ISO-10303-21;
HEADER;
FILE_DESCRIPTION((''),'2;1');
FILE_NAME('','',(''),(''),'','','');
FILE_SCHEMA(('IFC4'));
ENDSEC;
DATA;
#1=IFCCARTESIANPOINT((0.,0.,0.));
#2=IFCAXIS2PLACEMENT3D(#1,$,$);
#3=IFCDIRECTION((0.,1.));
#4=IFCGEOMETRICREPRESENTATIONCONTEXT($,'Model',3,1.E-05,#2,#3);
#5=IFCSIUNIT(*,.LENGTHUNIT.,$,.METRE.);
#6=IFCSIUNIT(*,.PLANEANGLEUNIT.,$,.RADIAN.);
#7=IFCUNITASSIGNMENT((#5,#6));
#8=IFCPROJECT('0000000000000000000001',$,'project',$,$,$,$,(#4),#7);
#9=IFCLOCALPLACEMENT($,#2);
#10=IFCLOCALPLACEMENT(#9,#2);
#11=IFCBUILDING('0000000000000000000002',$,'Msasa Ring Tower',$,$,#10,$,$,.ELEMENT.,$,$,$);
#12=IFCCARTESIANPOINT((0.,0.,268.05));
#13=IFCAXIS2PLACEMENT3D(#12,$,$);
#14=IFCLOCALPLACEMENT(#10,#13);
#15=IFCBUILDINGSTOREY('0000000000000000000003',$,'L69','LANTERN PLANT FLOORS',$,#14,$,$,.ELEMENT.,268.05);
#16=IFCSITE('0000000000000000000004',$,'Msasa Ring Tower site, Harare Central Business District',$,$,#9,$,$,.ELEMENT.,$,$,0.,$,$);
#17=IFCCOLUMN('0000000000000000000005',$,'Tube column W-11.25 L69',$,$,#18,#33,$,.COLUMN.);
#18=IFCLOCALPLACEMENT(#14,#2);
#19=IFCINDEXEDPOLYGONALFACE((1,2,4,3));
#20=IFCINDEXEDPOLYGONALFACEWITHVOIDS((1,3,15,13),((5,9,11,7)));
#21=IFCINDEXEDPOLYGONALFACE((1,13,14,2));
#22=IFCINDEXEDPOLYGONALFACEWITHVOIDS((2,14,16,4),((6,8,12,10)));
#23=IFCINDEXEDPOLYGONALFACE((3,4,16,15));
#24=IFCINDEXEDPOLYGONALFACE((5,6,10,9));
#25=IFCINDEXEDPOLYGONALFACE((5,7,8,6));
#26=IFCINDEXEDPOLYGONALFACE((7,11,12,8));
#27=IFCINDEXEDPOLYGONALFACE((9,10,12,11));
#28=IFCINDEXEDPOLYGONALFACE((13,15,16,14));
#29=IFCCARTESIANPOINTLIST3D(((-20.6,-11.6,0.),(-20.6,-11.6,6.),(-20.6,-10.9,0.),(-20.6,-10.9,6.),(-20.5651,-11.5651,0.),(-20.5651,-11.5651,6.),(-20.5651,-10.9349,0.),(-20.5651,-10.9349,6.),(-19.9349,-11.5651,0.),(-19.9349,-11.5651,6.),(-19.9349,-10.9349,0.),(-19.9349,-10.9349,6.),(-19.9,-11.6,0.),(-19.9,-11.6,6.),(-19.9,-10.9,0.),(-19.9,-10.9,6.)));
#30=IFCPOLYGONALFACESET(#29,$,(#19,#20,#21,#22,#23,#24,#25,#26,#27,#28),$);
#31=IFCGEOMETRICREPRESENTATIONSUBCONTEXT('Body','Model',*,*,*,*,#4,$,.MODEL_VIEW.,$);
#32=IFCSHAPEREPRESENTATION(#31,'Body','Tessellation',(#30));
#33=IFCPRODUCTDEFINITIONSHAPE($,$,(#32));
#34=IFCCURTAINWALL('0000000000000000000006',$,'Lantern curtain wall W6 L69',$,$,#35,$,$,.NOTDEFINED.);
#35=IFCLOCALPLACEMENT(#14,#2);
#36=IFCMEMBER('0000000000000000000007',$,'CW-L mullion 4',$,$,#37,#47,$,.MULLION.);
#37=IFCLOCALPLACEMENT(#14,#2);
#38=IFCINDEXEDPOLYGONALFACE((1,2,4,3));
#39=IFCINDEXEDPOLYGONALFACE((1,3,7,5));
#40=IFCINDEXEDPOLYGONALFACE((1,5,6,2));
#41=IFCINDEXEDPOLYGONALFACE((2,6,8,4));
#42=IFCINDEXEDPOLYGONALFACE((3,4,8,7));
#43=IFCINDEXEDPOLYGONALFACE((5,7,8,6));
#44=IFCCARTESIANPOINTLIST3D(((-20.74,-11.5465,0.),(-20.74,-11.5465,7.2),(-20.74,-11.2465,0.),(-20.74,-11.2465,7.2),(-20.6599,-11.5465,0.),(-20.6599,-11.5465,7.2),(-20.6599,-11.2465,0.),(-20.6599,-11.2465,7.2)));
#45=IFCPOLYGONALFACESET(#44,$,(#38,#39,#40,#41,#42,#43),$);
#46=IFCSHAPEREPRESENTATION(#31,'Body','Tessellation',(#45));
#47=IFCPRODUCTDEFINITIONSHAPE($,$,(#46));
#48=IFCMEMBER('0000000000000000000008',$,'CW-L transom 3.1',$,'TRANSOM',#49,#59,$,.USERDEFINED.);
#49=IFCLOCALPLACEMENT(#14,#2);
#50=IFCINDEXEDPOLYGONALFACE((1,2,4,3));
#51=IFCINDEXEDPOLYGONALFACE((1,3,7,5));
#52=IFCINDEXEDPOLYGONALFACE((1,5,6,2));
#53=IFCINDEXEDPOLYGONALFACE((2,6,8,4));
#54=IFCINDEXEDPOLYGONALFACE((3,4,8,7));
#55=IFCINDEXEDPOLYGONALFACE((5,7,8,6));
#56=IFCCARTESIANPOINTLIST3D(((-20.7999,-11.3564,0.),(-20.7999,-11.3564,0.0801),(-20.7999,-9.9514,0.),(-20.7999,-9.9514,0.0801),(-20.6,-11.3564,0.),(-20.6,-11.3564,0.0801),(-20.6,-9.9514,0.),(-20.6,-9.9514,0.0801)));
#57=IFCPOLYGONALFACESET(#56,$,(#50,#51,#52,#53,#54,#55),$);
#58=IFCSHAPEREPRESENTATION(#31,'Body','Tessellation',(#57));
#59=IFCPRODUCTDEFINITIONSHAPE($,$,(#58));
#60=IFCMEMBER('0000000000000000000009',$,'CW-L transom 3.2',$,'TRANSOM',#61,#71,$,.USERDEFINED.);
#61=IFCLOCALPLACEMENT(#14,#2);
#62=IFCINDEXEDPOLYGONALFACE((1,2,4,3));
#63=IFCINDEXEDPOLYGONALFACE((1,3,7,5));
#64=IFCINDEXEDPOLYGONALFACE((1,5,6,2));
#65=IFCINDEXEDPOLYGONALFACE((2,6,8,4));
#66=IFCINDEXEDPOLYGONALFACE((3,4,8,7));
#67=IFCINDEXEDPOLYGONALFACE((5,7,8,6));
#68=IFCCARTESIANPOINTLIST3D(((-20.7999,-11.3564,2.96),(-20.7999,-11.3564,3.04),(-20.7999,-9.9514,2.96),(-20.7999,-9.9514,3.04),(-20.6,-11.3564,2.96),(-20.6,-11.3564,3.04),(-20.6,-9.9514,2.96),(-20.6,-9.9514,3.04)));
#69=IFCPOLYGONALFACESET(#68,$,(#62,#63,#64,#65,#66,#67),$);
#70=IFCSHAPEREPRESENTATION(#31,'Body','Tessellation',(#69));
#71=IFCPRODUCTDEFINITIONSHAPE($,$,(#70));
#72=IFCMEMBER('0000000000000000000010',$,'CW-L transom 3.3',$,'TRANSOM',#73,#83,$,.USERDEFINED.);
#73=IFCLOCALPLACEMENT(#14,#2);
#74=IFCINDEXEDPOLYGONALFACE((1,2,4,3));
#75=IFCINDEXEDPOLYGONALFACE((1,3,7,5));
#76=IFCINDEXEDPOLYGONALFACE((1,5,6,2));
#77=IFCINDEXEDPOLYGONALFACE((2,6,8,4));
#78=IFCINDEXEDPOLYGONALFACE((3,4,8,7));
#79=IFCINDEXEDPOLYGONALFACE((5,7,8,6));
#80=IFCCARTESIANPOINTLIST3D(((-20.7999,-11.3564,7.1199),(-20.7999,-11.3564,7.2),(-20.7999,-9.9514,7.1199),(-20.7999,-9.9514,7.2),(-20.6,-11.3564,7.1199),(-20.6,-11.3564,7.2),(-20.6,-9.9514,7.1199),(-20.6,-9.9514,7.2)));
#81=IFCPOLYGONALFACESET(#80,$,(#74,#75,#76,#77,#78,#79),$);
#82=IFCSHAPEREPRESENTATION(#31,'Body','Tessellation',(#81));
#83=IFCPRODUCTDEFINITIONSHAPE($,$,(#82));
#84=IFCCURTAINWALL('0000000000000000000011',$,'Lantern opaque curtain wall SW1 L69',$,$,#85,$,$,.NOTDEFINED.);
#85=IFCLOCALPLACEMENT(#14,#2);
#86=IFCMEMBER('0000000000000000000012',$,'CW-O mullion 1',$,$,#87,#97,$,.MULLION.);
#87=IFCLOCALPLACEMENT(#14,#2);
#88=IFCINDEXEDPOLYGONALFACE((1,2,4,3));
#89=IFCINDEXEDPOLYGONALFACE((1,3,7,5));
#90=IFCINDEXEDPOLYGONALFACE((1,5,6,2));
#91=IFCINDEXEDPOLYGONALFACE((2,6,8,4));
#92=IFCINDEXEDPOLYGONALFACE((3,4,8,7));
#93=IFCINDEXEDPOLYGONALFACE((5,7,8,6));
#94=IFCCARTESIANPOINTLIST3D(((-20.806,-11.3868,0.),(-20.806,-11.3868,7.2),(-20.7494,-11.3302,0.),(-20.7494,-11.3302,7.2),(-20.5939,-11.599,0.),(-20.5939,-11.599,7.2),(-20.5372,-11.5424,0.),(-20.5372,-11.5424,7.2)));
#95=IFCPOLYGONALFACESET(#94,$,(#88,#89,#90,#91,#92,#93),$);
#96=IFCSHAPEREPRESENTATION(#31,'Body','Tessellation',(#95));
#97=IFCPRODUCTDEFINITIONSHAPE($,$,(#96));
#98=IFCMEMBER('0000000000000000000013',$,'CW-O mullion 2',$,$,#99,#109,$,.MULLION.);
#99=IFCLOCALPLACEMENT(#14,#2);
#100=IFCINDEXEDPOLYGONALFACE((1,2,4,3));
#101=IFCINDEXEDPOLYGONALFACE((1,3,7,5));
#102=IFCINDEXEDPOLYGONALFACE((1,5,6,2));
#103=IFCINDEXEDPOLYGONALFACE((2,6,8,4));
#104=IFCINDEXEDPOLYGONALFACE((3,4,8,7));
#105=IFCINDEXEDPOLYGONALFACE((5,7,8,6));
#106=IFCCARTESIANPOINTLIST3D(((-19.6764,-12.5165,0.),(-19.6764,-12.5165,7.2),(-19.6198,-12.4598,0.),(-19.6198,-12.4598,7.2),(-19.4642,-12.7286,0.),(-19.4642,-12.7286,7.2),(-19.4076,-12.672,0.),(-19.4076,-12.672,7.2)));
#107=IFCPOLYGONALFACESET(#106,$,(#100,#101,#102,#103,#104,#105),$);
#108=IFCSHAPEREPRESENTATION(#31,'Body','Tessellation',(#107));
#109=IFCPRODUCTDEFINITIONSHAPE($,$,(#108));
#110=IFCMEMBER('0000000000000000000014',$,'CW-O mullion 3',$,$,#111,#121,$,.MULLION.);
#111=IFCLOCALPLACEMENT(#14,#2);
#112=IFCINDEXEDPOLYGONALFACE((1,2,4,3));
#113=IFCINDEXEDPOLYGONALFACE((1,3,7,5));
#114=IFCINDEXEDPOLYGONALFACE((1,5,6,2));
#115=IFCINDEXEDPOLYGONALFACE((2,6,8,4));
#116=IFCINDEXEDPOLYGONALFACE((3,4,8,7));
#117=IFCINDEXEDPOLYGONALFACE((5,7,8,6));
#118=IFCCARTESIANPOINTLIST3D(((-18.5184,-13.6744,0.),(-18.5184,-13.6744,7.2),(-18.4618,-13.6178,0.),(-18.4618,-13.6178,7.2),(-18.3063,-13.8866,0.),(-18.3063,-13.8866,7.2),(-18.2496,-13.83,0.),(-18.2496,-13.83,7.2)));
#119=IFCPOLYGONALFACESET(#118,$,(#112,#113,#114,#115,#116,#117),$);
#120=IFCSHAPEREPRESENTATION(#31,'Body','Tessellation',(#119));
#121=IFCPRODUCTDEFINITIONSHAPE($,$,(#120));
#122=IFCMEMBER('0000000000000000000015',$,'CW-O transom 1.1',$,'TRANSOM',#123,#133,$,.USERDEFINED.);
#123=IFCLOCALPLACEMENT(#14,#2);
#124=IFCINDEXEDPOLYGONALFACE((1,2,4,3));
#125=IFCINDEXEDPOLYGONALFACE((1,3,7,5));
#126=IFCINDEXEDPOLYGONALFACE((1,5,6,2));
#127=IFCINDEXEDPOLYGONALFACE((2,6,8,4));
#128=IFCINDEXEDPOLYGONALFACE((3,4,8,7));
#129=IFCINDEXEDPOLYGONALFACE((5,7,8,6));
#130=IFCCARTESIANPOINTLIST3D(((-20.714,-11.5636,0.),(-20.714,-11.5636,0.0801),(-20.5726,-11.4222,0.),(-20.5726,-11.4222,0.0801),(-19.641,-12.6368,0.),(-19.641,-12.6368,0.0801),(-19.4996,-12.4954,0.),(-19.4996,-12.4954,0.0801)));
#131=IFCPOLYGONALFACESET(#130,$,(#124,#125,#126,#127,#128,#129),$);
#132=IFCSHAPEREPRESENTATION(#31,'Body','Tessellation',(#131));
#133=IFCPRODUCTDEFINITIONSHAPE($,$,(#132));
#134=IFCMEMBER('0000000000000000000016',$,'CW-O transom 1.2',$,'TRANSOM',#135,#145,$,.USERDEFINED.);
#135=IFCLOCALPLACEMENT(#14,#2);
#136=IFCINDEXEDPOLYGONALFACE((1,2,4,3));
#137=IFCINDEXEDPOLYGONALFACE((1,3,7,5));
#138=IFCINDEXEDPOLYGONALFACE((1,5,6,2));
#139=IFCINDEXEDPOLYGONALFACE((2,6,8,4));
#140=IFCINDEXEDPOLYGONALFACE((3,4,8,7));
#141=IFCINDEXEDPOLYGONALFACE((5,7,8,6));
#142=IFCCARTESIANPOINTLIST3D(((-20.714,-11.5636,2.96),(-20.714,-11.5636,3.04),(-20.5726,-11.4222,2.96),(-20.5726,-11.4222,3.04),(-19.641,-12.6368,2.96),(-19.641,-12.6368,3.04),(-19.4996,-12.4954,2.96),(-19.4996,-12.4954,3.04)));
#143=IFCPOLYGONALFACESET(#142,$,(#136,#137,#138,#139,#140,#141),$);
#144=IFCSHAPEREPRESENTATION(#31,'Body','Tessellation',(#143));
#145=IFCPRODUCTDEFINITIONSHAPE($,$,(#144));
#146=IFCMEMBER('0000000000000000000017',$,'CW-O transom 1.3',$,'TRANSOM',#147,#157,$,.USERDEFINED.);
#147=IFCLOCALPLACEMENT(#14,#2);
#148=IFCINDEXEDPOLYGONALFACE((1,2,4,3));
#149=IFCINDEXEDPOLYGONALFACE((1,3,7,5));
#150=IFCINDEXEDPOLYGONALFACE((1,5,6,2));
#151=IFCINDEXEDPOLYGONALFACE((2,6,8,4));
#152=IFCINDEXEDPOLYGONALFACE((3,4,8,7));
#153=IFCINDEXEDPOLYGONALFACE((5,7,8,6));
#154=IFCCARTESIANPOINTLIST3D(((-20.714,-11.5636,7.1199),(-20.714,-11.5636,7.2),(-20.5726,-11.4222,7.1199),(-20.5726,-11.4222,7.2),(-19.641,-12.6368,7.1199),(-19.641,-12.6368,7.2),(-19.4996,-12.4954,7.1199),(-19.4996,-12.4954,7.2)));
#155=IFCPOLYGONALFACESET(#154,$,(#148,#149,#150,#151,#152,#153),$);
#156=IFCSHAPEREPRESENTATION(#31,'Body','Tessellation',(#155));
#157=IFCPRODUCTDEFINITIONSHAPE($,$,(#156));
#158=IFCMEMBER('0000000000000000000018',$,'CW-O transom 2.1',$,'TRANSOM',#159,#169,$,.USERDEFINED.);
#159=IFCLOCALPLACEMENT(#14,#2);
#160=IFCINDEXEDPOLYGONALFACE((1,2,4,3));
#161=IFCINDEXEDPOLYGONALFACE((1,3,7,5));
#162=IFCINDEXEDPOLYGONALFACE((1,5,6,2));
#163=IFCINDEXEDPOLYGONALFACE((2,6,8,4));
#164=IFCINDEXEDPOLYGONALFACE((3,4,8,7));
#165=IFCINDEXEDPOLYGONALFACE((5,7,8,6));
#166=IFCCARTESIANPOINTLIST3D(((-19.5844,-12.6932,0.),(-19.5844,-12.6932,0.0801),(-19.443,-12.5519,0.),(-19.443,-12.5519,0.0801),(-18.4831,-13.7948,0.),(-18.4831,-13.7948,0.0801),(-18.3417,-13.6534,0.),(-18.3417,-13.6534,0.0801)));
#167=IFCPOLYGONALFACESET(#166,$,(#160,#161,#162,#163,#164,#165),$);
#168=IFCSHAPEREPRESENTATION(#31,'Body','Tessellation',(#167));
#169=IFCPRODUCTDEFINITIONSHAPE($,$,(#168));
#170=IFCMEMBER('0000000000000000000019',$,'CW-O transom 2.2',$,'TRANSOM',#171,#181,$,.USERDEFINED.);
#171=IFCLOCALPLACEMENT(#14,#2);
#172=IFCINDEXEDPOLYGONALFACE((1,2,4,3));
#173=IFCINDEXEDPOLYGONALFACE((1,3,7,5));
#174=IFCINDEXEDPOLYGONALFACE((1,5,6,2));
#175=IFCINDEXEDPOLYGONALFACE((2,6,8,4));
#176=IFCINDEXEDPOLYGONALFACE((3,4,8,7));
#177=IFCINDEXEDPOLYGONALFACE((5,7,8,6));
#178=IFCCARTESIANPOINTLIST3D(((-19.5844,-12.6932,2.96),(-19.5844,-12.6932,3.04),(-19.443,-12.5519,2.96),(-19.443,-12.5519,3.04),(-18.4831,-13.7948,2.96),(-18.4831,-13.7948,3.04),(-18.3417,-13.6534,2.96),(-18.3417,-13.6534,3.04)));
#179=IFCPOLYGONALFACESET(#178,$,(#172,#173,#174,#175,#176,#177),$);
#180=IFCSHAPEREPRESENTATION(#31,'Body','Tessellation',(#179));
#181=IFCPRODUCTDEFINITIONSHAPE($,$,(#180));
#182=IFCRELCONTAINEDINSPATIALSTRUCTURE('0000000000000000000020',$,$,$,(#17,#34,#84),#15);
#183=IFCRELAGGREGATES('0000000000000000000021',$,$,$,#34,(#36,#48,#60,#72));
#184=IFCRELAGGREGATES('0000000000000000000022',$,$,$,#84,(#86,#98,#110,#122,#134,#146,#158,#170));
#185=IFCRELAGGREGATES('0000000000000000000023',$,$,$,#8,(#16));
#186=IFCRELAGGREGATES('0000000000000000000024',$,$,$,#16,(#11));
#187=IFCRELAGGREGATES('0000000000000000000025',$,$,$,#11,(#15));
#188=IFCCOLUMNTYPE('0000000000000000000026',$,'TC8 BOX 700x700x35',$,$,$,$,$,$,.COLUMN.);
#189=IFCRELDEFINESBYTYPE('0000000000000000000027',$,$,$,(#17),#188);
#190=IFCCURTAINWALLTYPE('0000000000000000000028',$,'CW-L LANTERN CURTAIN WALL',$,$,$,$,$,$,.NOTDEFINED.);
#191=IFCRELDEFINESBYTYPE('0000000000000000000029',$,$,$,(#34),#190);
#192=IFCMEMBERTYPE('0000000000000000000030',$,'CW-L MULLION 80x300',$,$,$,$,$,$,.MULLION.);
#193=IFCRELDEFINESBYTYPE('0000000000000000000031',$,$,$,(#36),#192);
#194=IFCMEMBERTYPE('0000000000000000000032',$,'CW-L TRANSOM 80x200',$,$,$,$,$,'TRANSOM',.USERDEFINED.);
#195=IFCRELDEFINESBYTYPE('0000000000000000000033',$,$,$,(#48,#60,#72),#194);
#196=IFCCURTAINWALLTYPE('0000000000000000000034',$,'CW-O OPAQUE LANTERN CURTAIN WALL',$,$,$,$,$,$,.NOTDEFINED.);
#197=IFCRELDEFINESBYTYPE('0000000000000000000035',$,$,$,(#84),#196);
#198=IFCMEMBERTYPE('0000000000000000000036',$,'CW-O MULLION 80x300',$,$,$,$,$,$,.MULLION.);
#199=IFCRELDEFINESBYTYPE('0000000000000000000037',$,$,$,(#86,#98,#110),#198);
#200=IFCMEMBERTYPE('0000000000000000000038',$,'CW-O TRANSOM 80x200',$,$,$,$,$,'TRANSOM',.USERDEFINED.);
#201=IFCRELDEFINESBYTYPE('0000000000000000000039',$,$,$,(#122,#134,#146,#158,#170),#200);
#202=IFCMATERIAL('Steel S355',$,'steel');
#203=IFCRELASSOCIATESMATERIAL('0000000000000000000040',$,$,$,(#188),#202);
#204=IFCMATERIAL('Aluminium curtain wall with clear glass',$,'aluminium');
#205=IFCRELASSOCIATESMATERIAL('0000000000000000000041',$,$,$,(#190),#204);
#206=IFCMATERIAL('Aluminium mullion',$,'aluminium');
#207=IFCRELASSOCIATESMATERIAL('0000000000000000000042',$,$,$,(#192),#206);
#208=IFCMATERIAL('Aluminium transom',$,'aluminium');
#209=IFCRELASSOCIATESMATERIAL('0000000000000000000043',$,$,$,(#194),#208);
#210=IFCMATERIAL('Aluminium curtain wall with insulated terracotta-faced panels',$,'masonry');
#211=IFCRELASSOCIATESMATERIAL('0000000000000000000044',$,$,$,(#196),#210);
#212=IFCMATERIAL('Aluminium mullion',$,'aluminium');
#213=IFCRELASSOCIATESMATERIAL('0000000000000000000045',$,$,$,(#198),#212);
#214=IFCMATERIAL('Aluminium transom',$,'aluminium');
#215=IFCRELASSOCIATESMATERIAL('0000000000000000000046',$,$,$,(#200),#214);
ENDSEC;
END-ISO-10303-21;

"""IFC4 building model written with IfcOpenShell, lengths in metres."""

from ifc_helpers import new_model, si_unit, direction, frame, origin, origin_2d, place, context, subcontext, project, spatial, rectangle, hollow_rectangle, extrude, material, material_profile, profile_set, type_object, element, aggregate, save


model = new_model("IFC4")

# Units and contexts
model_context = context("Model", 3, precision=1e-05, world=origin(), true_north=direction((0.0, 1.0)))
body_context = subcontext(model_context, "Body", "Model", "MODEL_VIEW")
ifc_project = project(units=[si_unit("LENGTHUNIT", "METRE"), si_unit("PLANEANGLEUNIT", "RADIAN")], contexts=[model_context])

# Site, building, storey
site_placement = place(None, origin())
site = spatial("IfcSite", under=ifc_project, at=site_placement, Name="Msasa Ring Tower site, Harare Central Business District", CompositionType="ELEMENT", RefElevation=0.0)
building_placement = place(site_placement, origin())
building = spatial("IfcBuilding", under=site, at=building_placement, Name="Msasa Ring Tower", CompositionType="ELEMENT")
storey_placement = place(building_placement, frame((0.0, 0.0, 268.05)))
storey = spatial("IfcBuildingStorey", under=building, at=storey_placement, Name="L69", Description="LANTERN PLANT FLOORS", CompositionType="ELEMENT", Elevation=268.05)

# Column
ifc_material_1 = material(Name="Steel S355", Category="steel")
ifc_material_profile_1 = material_profile(ifc_material_1, hollow_rectangle(XDim=0.7, YDim=0.7, WallThickness=0.0349, at=origin_2d()), Name="BOX 700x700x35")
ifc_profile_set_1 = profile_set([ifc_material_profile_1], Name="Steel S355")
column_type = type_object("IfcColumnType", Name="TC8 BOX 700x700x35", PredefinedType="COLUMN", material=ifc_profile_set_1)
column_placement = place(storey_placement, frame((-20.25, -11.25, 0.0), z_axis=(0.0, 0.0, 1.0), x_axis=(1.0, 0.0, 0.0)))
element("IfcColumn", 1, at=column_placement, inside=storey, type_object=column_type, Name="Tube column W-11.25 L69", PredefinedType="COLUMN", context=body_context, shape_type="SweptSolid", body=[
    extrude(hollow_rectangle(XDim=0.7, YDim=0.7, WallThickness=0.0349, at=origin_2d()), origin(), (0.0, 0.0, 1.0), 6.0),
])

# Curtain walls, members
ifc_material_2 = material(Name="Aluminium curtain wall with clear glass", Category="aluminium")
curtain_wall_type_1 = type_object("IfcCurtainWallType", Name="CW-L LANTERN CURTAIN WALL", PredefinedType="NOTDEFINED", material=ifc_material_2)
curtain_wall_1_placement = place(storey_placement, origin())
curtain_wall_1 = element("IfcCurtainWall", 2, at=curtain_wall_1_placement, inside=storey, type_object=curtain_wall_type_1, Name="Lantern curtain wall W6 L69", PredefinedType="NOTDEFINED")
ifc_material_3 = material(Name="Aluminium mullion", Category="aluminium")
ifc_material_profile_2 = material_profile(ifc_material_3, rectangle(XDim=0.0801, YDim=0.3, at=origin_2d()), Name="AL 80x300")
ifc_profile_set_2 = profile_set([ifc_material_profile_2], Name="Aluminium mullion")
member_type_1 = type_object("IfcMemberType", Name="CW-L MULLION 80x300", PredefinedType="MULLION", material=ifc_profile_set_2)
member_1_placement = place(storey_placement, frame((-20.7, -11.3965, 0.0), z_axis=(0.0, 0.0, 1.0), x_axis=(1.0, 0.0, 0.0)))
member_1 = element("IfcMember", 3, at=member_1_placement, type_object=member_type_1, Name="CW-L mullion 4", PredefinedType="MULLION", context=body_context, shape_type="SweptSolid", body=[
    extrude(rectangle(XDim=0.0801, YDim=0.3, at=origin_2d()), origin(), (0.0, 0.0, 1.0), 7.2),
])
ifc_material_4 = material(Name="Aluminium transom", Category="aluminium")
ifc_material_profile_3 = material_profile(ifc_material_4, rectangle(XDim=0.2, YDim=0.0801, at=origin_2d()), Name="AL 80x200")
ifc_profile_set_3 = profile_set([ifc_material_profile_3], Name="Aluminium transom")
member_type_2 = type_object("IfcMemberType", Name="CW-L TRANSOM 80x200", ElementType="TRANSOM", PredefinedType="USERDEFINED", material=ifc_profile_set_3)
member_2_placement = place(storey_placement, frame((-20.7, -9.9514, 0.04), z_axis=(0.0, -1.0, 0.0), x_axis=(1.0, 0.0, 0.0)))
member_2 = element("IfcMember", 4, at=member_2_placement, type_object=member_type_2, Name="CW-L transom 3.1", ObjectType="TRANSOM", PredefinedType="USERDEFINED", context=body_context, shape_type="SweptSolid", body=[
    extrude(rectangle(XDim=0.2, YDim=0.0801, at=origin_2d()), origin(), (0.0, 0.0, 1.0), 1.405),
])
member_3_placement = place(storey_placement, frame((-20.7, -9.9514, 3.0), z_axis=(0.0, -1.0, 0.0), x_axis=(1.0, 0.0, 0.0)))
member_3 = element("IfcMember", 5, at=member_3_placement, type_object=member_type_2, Name="CW-L transom 3.2", ObjectType="TRANSOM", PredefinedType="USERDEFINED", context=body_context, shape_type="SweptSolid", body=[
    extrude(rectangle(XDim=0.2, YDim=0.0801, at=origin_2d()), origin(), (0.0, 0.0, 1.0), 1.405),
])
member_4_placement = place(storey_placement, frame((-20.7, -9.9514, 7.1599), z_axis=(0.0, -1.0, 0.0), x_axis=(1.0, 0.0, 0.0)))
member_4 = element("IfcMember", 6, at=member_4_placement, type_object=member_type_2, Name="CW-L transom 3.3", ObjectType="TRANSOM", PredefinedType="USERDEFINED", context=body_context, shape_type="SweptSolid", body=[
    extrude(rectangle(XDim=0.2, YDim=0.0801, at=origin_2d()), origin(), (0.0, 0.0, 1.0), 1.405),
])
ifc_material_5 = material(Name="Aluminium curtain wall with insulated terracotta-faced panels", Category="masonry")
curtain_wall_type_2 = type_object("IfcCurtainWallType", Name="CW-O OPAQUE LANTERN CURTAIN WALL", PredefinedType="NOTDEFINED", material=ifc_material_5)
curtain_wall_2_placement = place(storey_placement, origin())
curtain_wall_2 = element("IfcCurtainWall", 7, at=curtain_wall_2_placement, inside=storey, type_object=curtain_wall_type_2, Name="Lantern opaque curtain wall SW1 L69", PredefinedType="NOTDEFINED")
ifc_material_6 = material(Name="Aluminium mullion", Category="aluminium")
ifc_material_profile_4 = material_profile(ifc_material_6, rectangle(XDim=0.0801, YDim=0.3, at=origin_2d()), Name="AL 80x300")
ifc_profile_set_4 = profile_set([ifc_material_profile_4], Name="Aluminium mullion")
member_type_3 = type_object("IfcMemberType", Name="CW-O MULLION 80x300", PredefinedType="MULLION", material=ifc_profile_set_4)
member_5_placement = place(storey_placement, frame((-20.6716, -11.4646, 0.0), z_axis=(0.0, 0.0, 1.0), x_axis=(0.707107, 0.707107, 0.0)))
member_5 = element("IfcMember", 8, at=member_5_placement, type_object=member_type_3, Name="CW-O mullion 1", PredefinedType="MULLION", context=body_context, shape_type="SweptSolid", body=[
    extrude(rectangle(XDim=0.0801, YDim=0.3, at=origin_2d()), origin(), (0.0, 0.0, 1.0), 7.2),
])
member_6_placement = place(storey_placement, frame((-19.542, -12.5942, 0.0), z_axis=(0.0, 0.0, 1.0), x_axis=(0.707107, 0.707107, 0.0)))
member_6 = element("IfcMember", 9, at=member_6_placement, type_object=member_type_3, Name="CW-O mullion 2", PredefinedType="MULLION", context=body_context, shape_type="SweptSolid", body=[
    extrude(rectangle(XDim=0.0801, YDim=0.3, at=origin_2d()), origin(), (0.0, 0.0, 1.0), 7.2),
])
member_7_placement = place(storey_placement, frame((-18.384, -13.7522, 0.0), z_axis=(0.0, 0.0, 1.0), x_axis=(0.707107, 0.707107, 0.0)))
member_7 = element("IfcMember", 10, at=member_7_placement, type_object=member_type_3, Name="CW-O mullion 3", PredefinedType="MULLION", context=body_context, shape_type="SweptSolid", body=[
    extrude(rectangle(XDim=0.0801, YDim=0.3, at=origin_2d()), origin(), (0.0, 0.0, 1.0), 7.2),
])
ifc_material_7 = material(Name="Aluminium transom", Category="aluminium")
ifc_material_profile_5 = material_profile(ifc_material_7, rectangle(XDim=0.2, YDim=0.0801, at=origin_2d()), Name="AL 80x200")
ifc_profile_set_5 = profile_set([ifc_material_profile_5], Name="Aluminium transom")
member_type_4 = type_object("IfcMemberType", Name="CW-O TRANSOM 80x200", ElementType="TRANSOM", PredefinedType="USERDEFINED", material=ifc_profile_set_5)
member_8_placement = place(storey_placement, frame((-20.6433, -11.4929, 0.04), z_axis=(0.707026, -0.707187, 0.0), x_axis=(0.707187, 0.707026, 0.0)))
member_8 = element("IfcMember", 11, at=member_8_placement, type_object=member_type_4, Name="CW-O transom 1.1", ObjectType="TRANSOM", PredefinedType="USERDEFINED", context=body_context, shape_type="SweptSolid", body=[
    extrude(rectangle(XDim=0.2, YDim=0.0801, at=origin_2d()), origin(), (0.0, 0.0, 1.0), 1.5176),
])
member_9_placement = place(storey_placement, frame((-20.6433, -11.4929, 3.0), z_axis=(0.707026, -0.707187, 0.0), x_axis=(0.707187, 0.707026, 0.0)))
member_9 = element("IfcMember", 12, at=member_9_placement, type_object=member_type_4, Name="CW-O transom 1.2", ObjectType="TRANSOM", PredefinedType="USERDEFINED", context=body_context, shape_type="SweptSolid", body=[
    extrude(rectangle(XDim=0.2, YDim=0.0801, at=origin_2d()), origin(), (0.0, 0.0, 1.0), 1.5176),
])
member_10_placement = place(storey_placement, frame((-20.6433, -11.4929, 7.1599), z_axis=(0.707026, -0.707187, 0.0), x_axis=(0.707187, 0.707026, 0.0)))
member_10 = element("IfcMember", 13, at=member_10_placement, type_object=member_type_4, Name="CW-O transom 1.3", ObjectType="TRANSOM", PredefinedType="USERDEFINED", context=body_context, shape_type="SweptSolid", body=[
    extrude(rectangle(XDim=0.2, YDim=0.0801, at=origin_2d()), origin(), (0.0, 0.0, 1.0), 1.5176),
])
member_11_placement = place(storey_placement, frame((-19.5137, -12.6226, 0.04), z_axis=(0.707028, -0.707185, 0.0), x_axis=(0.707185, 0.707028, 0.0)))
member_11 = element("IfcMember", 14, at=member_11_placement, type_object=member_type_4, Name="CW-O transom 2.1", ObjectType="TRANSOM", PredefinedType="USERDEFINED", context=body_context, shape_type="SweptSolid", body=[
    extrude(rectangle(XDim=0.2, YDim=0.0801, at=origin_2d()), origin(), (0.0, 0.0, 1.0), 1.5576),
])
member_12_placement = place(storey_placement, frame((-19.5137, -12.6226, 3.0), z_axis=(0.707028, -0.707185, 0.0), x_axis=(0.707185, 0.707028, 0.0)))
member_12 = element("IfcMember", 15, at=member_12_placement, type_object=member_type_4, Name="CW-O transom 2.2", ObjectType="TRANSOM", PredefinedType="USERDEFINED", context=body_context, shape_type="SweptSolid", body=[
    extrude(rectangle(XDim=0.2, YDim=0.0801, at=origin_2d()), origin(), (0.0, 0.0, 1.0), 1.5576),
])

aggregate(curtain_wall_1, [member_1, member_2, member_3, member_4])
aggregate(curtain_wall_2, [member_5, member_6, member_7, member_8, member_9, member_10, member_11, member_12])

save(model, "model.ifc")
